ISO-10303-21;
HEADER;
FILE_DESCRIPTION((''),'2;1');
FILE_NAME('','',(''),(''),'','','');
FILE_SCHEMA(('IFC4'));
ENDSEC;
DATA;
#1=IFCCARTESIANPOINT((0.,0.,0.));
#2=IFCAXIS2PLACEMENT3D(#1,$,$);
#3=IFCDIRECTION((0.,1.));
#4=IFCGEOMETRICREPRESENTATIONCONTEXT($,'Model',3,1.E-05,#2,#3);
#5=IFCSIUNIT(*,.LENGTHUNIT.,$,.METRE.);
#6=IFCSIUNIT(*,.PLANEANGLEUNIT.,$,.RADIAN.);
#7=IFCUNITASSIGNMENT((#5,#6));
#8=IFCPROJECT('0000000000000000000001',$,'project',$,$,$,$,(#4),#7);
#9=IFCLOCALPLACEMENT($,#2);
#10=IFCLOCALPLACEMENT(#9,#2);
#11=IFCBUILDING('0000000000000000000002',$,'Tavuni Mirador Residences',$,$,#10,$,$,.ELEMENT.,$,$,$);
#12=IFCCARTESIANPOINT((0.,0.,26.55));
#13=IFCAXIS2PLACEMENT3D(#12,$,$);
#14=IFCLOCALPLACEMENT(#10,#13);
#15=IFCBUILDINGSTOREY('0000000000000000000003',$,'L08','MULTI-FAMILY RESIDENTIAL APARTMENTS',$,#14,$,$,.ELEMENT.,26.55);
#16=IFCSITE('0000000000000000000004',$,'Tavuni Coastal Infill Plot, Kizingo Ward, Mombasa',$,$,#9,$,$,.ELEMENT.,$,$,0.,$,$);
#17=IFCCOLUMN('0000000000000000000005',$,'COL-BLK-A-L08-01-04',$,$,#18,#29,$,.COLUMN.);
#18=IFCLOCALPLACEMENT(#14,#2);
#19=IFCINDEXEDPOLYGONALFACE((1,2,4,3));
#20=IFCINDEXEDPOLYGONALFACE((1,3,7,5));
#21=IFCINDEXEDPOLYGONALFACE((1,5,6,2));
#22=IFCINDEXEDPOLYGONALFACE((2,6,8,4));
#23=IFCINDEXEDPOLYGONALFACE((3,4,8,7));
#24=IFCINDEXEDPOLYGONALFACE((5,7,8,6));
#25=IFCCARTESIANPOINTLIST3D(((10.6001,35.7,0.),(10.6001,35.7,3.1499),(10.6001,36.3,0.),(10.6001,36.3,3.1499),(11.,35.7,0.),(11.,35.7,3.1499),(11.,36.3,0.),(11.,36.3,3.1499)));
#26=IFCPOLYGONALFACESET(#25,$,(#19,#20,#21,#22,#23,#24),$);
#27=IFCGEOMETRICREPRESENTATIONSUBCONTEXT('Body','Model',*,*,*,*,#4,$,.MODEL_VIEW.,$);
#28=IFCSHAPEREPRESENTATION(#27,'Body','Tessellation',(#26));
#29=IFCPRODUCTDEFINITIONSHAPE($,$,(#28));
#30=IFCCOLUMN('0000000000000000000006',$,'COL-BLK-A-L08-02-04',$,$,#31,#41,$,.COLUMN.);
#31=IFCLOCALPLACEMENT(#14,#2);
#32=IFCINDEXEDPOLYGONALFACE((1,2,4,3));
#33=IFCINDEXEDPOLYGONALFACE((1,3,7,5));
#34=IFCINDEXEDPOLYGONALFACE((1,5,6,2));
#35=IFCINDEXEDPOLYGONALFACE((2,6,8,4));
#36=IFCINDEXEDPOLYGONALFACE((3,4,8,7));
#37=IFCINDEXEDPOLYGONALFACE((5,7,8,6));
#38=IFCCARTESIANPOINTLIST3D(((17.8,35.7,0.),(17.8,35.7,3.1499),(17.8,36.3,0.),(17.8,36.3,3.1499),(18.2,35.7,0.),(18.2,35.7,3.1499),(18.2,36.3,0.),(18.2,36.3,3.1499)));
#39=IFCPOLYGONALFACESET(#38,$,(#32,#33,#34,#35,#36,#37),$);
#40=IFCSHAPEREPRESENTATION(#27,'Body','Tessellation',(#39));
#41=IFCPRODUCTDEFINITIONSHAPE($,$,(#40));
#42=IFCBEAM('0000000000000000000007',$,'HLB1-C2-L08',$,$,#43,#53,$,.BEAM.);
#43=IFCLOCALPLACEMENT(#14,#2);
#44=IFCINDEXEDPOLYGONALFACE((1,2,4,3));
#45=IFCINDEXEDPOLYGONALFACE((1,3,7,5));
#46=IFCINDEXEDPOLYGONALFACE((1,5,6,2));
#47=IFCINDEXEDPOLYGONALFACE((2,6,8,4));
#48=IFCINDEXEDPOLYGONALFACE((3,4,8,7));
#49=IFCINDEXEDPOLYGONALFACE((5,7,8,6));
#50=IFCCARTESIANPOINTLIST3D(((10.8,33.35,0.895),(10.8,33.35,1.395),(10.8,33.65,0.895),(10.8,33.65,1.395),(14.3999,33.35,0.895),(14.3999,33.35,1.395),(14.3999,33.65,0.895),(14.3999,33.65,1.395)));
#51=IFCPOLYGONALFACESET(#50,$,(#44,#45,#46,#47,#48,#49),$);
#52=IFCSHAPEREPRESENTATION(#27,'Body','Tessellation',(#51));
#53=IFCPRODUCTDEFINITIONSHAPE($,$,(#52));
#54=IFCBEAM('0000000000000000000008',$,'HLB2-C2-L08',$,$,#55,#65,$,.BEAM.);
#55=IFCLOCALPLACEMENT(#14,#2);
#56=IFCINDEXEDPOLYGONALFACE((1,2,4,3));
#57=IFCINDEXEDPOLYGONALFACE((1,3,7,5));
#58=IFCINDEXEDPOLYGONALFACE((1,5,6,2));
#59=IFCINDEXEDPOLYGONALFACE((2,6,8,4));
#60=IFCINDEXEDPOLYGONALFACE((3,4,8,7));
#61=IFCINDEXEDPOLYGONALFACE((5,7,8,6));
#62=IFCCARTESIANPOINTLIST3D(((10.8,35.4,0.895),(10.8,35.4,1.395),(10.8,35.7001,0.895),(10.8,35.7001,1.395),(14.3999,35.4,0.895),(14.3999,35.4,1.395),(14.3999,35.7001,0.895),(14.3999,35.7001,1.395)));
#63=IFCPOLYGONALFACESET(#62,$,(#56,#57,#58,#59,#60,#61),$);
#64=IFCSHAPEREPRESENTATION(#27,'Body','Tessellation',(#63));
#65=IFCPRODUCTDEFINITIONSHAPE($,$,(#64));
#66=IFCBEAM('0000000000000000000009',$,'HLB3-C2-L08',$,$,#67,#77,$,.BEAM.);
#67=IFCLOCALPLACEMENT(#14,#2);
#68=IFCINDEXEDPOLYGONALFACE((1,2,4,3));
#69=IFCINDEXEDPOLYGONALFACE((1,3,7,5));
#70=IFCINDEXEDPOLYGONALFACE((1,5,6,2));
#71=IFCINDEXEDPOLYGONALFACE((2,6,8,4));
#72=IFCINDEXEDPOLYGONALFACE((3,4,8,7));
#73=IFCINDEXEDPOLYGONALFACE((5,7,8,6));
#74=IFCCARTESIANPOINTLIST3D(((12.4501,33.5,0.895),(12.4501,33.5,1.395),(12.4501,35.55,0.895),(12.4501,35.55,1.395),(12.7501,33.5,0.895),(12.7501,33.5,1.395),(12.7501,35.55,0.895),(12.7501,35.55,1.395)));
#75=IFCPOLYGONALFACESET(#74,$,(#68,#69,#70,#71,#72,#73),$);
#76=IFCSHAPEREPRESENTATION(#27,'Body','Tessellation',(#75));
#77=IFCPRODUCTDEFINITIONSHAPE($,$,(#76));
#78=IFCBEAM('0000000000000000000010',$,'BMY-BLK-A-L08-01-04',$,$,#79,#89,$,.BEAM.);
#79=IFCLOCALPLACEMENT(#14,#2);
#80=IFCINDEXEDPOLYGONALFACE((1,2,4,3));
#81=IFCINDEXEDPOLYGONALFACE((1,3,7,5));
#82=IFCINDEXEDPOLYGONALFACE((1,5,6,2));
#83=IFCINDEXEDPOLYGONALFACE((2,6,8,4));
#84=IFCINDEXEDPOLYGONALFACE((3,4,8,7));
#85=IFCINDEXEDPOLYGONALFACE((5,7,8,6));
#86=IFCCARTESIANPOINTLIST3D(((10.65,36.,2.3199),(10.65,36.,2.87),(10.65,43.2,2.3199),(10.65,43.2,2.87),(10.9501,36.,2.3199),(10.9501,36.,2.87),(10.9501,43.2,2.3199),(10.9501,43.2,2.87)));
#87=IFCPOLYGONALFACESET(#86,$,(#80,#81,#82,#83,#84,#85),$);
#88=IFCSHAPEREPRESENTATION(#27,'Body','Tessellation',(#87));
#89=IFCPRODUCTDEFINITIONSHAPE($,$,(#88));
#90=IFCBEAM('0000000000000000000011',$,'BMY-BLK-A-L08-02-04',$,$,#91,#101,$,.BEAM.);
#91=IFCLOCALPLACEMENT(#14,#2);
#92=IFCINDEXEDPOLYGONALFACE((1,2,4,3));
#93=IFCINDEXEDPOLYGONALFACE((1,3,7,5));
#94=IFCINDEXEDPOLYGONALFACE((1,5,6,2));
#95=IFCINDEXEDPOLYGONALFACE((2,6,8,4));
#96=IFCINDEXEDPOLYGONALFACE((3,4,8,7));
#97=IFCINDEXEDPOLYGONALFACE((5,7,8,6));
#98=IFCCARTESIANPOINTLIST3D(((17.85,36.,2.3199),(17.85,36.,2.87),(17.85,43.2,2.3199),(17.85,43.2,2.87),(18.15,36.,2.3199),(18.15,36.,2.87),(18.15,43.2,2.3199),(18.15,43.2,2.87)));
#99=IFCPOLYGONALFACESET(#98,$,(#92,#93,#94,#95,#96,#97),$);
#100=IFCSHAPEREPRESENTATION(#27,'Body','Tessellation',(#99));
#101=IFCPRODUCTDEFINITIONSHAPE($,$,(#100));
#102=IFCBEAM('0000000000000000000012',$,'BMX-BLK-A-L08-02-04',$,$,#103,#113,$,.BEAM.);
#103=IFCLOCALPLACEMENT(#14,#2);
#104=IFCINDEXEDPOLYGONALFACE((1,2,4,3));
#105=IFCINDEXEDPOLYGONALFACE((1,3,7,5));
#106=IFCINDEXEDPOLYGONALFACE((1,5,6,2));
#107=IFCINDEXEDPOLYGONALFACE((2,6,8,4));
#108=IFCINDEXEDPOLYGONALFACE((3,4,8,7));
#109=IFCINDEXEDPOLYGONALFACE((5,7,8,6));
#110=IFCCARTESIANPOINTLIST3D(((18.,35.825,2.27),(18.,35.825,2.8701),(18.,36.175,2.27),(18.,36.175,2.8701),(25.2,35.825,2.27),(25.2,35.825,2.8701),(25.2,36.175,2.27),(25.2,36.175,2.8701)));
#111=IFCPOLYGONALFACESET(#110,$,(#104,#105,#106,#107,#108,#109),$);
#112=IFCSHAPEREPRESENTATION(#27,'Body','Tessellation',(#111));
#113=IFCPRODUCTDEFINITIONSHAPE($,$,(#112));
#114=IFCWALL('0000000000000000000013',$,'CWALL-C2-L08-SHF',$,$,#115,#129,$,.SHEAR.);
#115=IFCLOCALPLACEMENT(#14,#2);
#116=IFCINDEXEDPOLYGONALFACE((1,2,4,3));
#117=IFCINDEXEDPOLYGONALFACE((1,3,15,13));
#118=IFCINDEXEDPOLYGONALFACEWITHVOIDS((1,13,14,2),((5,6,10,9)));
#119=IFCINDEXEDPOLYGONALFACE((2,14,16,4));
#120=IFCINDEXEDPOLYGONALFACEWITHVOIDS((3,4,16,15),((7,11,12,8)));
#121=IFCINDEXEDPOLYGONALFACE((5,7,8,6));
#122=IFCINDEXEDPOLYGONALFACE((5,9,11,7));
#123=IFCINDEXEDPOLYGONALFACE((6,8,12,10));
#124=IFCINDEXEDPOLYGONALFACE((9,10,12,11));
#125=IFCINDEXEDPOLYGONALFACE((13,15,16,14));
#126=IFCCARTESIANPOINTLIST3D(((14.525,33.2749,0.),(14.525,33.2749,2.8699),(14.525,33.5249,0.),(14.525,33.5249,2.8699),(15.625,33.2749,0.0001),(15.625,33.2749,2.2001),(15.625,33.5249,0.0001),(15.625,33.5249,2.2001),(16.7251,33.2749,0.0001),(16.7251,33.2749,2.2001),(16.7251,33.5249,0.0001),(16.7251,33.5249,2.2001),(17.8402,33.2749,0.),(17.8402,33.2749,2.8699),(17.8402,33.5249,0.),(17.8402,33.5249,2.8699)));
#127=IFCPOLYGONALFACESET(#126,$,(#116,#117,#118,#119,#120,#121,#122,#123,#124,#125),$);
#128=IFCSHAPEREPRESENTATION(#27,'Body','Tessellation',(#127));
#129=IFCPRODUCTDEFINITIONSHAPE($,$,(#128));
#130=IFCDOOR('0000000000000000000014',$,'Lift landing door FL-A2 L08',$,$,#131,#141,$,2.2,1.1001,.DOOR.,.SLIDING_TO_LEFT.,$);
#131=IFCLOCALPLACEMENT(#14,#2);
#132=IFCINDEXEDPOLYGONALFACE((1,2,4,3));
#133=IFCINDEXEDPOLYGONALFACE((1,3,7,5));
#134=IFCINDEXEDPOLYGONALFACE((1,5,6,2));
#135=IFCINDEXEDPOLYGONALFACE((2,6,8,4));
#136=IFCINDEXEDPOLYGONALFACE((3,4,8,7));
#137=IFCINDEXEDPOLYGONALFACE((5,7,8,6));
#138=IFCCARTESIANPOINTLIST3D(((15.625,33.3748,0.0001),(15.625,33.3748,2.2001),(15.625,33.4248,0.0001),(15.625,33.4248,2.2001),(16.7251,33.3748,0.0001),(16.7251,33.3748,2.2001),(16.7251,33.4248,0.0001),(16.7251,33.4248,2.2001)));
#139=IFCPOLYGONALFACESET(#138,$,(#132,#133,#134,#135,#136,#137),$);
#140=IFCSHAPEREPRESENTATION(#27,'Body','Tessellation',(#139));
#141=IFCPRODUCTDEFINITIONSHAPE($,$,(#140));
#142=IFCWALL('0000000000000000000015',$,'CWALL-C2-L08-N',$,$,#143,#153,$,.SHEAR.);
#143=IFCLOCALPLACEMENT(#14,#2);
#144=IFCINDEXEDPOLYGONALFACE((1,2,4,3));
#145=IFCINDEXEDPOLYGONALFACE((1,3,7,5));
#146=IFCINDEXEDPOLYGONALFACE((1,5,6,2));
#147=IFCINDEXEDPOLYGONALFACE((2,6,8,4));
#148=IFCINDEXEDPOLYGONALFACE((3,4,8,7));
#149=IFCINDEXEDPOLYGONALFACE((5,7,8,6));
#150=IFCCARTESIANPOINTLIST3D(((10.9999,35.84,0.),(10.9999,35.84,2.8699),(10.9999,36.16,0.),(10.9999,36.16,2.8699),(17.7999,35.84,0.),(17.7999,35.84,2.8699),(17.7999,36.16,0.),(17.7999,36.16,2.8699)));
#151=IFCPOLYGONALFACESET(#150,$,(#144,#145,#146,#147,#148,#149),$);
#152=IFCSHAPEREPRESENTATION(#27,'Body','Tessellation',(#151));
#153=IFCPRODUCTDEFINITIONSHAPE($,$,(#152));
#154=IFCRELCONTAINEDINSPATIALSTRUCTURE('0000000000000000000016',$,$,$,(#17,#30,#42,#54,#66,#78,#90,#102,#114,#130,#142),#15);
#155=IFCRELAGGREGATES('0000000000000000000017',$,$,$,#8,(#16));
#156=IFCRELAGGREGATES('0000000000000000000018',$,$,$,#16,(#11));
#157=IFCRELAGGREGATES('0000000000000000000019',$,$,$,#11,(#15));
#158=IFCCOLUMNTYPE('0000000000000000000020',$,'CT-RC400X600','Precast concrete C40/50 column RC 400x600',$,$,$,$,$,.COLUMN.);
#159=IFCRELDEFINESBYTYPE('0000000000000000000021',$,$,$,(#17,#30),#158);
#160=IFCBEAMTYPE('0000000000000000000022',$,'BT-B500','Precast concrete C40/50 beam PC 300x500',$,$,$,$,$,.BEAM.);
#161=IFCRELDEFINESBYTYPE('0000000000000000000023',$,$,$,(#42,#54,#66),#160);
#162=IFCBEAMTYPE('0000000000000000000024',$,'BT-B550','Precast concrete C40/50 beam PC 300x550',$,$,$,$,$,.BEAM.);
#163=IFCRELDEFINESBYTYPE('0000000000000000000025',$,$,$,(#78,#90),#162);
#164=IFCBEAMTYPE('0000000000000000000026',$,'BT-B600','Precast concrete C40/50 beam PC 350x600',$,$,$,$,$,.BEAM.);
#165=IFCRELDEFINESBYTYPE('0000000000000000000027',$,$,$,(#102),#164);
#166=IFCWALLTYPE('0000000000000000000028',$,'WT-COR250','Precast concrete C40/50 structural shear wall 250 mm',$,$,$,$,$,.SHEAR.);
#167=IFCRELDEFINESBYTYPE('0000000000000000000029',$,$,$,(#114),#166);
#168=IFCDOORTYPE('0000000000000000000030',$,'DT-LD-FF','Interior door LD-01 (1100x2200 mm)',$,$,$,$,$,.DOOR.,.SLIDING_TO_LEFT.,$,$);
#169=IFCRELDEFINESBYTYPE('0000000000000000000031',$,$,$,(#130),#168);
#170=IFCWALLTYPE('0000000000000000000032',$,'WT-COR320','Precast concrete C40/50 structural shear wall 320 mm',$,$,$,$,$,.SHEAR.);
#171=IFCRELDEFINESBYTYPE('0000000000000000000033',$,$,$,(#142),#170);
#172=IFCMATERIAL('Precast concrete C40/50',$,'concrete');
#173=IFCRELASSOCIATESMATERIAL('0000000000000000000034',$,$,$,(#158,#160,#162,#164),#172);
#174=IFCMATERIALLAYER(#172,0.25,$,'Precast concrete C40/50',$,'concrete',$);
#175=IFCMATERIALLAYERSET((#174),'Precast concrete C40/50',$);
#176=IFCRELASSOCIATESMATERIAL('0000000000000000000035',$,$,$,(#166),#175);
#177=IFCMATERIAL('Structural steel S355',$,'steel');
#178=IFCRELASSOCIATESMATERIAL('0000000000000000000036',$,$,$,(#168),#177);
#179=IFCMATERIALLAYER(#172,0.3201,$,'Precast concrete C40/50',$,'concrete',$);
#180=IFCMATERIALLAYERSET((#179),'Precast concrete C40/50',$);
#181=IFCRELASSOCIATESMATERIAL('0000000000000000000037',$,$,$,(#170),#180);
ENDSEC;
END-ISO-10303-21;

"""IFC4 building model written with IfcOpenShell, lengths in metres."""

from ifc_helpers import new_model, si_unit, direction, frame, frame_2d, origin, origin_2d, place, context, subcontext, project, spatial, rectangle, extrude, material, layer, layer_set, material_profile, profile_set, type_object, element, fill, save


model = new_model("IFC4")

# Units and contexts
model_context = context("Model", 3, precision=1e-05, world=origin(), true_north=direction((0.0, 1.0)))
body_context = subcontext(model_context, "Body", "Model", "MODEL_VIEW")
ifc_project = project(units=[si_unit("LENGTHUNIT", "METRE"), si_unit("PLANEANGLEUNIT", "RADIAN")], contexts=[model_context])

# Site, building, storey
site_placement = place(None, origin())
site = spatial("IfcSite", under=ifc_project, at=site_placement, Name="Tavuni Coastal Infill Plot, Kizingo Ward, Mombasa", CompositionType="ELEMENT", RefElevation=0.0)
building_placement = place(site_placement, origin())
building = spatial("IfcBuilding", under=site, at=building_placement, Name="Tavuni Mirador Residences", CompositionType="ELEMENT")
storey_placement = place(building_placement, frame((0.0, 0.0, 26.55)))
storey = spatial("IfcBuildingStorey", under=building, at=storey_placement, Name="L08", Description="MULTI-FAMILY RESIDENTIAL APARTMENTS", CompositionType="ELEMENT", Elevation=26.55)

# Columns
ifc_material_1 = material(Name="Precast concrete C40/50", Category="concrete")
ifc_material_profile_1 = material_profile(ifc_material_1, rectangle(XDim=0.3999, YDim=0.6001, at=origin_2d()), Name="RC 400x600", Category="concrete")
ifc_profile_set_1 = profile_set([ifc_material_profile_1], Name="Precast concrete C40/50")
column_type = type_object("IfcColumnType", Name="CT-RC400X600", Description="Precast concrete C40/50 column RC 400x600", PredefinedType="COLUMN", material=ifc_profile_set_1)
for number, where, z_axis, x_axis, name in (
    (1, (10.8, 36.0, 0.0), (0.0, 0.0, 1.0), (1.0, 0.0, 0.0), "COL-BLK-A-L08-01-04"),
    (2, (18.0, 36.0, 0.0), (0.0, 0.0, 1.0), (1.0, 0.0, 0.0), "COL-BLK-A-L08-02-04"),
):
    element("IfcColumn", number, at=place(storey_placement, frame(where, z_axis=z_axis, x_axis=x_axis)), inside=storey, type_object=column_type, Name=name, PredefinedType="COLUMN", context=body_context, shape_type="SweptSolid", body=[
        extrude(rectangle(XDim=0.3999, YDim=0.6001, at=origin_2d()), origin(), (0.0, 0.0, 1.0), 3.1499),
    ])

# Beams
ifc_material_profile_2 = material_profile(ifc_material_1, rectangle(XDim=0.3, YDim=0.5, at=origin_2d()), Name="PC 300x500", Category="concrete")
ifc_profile_set_2 = profile_set([ifc_material_profile_2], Name="Precast concrete C40/50")
beam_type_1 = type_object("IfcBeamType", Name="BT-B500", Description="Precast concrete C40/50 beam PC 300x500", PredefinedType="BEAM", material=ifc_profile_set_2)
for number, where, z_axis, x_axis, name in (
    (3, (10.8, 33.5, 1.145), (1.0, 0.0, 0.0), (0.0, 1.0, 0.0), "HLB1-C2-L08"),
    (4, (10.8, 35.55, 1.145), (1.0, 0.0, 0.0), (0.0, 1.0, 0.0), "HLB2-C2-L08"),
):
    element("IfcBeam", number, at=place(storey_placement, frame(where, z_axis=z_axis, x_axis=x_axis)), inside=storey, type_object=beam_type_1, Name=name, PredefinedType="BEAM", context=body_context, shape_type="SweptSolid", body=[
        extrude(rectangle(XDim=0.3, YDim=0.5, at=origin_2d()), origin(), (0.0, 0.0, 1.0), 3.5999),
    ])
beam_1_placement = place(storey_placement, frame((12.6001, 33.5, 1.145), z_axis=(0.0, 1.0, 0.0), x_axis=(-1.0, 0.0, 0.0)))
element("IfcBeam", 5, at=beam_1_placement, inside=storey, type_object=beam_type_1, Name="HLB3-C2-L08", PredefinedType="BEAM", context=body_context, shape_type="SweptSolid", body=[
    extrude(rectangle(XDim=0.3, YDim=0.5, at=origin_2d()), origin(), (0.0, 0.0, 1.0), 2.05),
])
ifc_material_profile_3 = material_profile(ifc_material_1, rectangle(XDim=0.3, YDim=0.55, at=origin_2d()), Name="PC 300x550", Category="concrete")
ifc_profile_set_3 = profile_set([ifc_material_profile_3], Name="Precast concrete C40/50")
beam_type_2 = type_object("IfcBeamType", Name="BT-B550", Description="Precast concrete C40/50 beam PC 300x550", PredefinedType="BEAM", material=ifc_profile_set_3)
for number, where, z_axis, x_axis, name in (
    (6, (10.8, 36.0, 2.595), (0.0, 1.0, 0.0), (-1.0, 0.0, 0.0), "BMY-BLK-A-L08-01-04"),
    (7, (18.0, 36.0, 2.595), (0.0, 1.0, 0.0), (-1.0, 0.0, 0.0), "BMY-BLK-A-L08-02-04"),
):
    element("IfcBeam", number, at=place(storey_placement, frame(where, z_axis=z_axis, x_axis=x_axis)), inside=storey, type_object=beam_type_2, Name=name, PredefinedType="BEAM", context=body_context, shape_type="SweptSolid", body=[
        extrude(rectangle(XDim=0.3, YDim=0.55, at=origin_2d()), origin(), (0.0, 0.0, 1.0), 7.2),
    ])
ifc_material_profile_4 = material_profile(ifc_material_1, rectangle(XDim=0.3501, YDim=0.6001, at=origin_2d()), Name="PC 350x600", Category="concrete")
ifc_profile_set_4 = profile_set([ifc_material_profile_4], Name="Precast concrete C40/50")
beam_type_3 = type_object("IfcBeamType", Name="BT-B600", Description="Precast concrete C40/50 beam PC 350x600", PredefinedType="BEAM", material=ifc_profile_set_4)
beam_2_placement = place(storey_placement, frame((18.0, 36.0, 2.5701), z_axis=(1.0, 0.0, 0.0), x_axis=(0.0, 1.0, 0.0)))
element("IfcBeam", 8, at=beam_2_placement, inside=storey, type_object=beam_type_3, Name="BMX-BLK-A-L08-02-04", PredefinedType="BEAM", context=body_context, shape_type="SweptSolid", body=[
    extrude(rectangle(XDim=0.3501, YDim=0.6001, at=origin_2d()), origin(), (0.0, 0.0, 1.0), 7.2),
])

# Wall, opening, door
ifc_layer_1 = layer(ifc_material_1, 0.25, Name="Precast concrete C40/50", Category="concrete")
ifc_layer_set_1 = layer_set([ifc_layer_1], Name="Precast concrete C40/50")
wall_type_1 = type_object("IfcWallType", Name="WT-COR250", Description="Precast concrete C40/50 structural shear wall 250 mm", PredefinedType="SHEAR", material=ifc_layer_set_1)
wall_1_placement = place(storey_placement, frame((14.5249, 33.3999, 0.0), z_axis=(0.0, 0.0, 1.0), x_axis=(1.0, 0.0, 0.0)))
wall_1 = element("IfcWall", 9, at=wall_1_placement, inside=storey, type_object=wall_type_1, Name="CWALL-C2-L08-SHF", PredefinedType="SHEAR", context=body_context, shape_type="SweptSolid", body=[
    extrude(rectangle(XDim=3.3152, YDim=0.25, at=frame_2d((1.6577, 0.0))), origin(), (0.0, 0.0, 1.0), 2.8699),
])
opening_1_placement = place(wall_1_placement, frame((1.1001, 0.0, 0.0)))
opening_1 = element("IfcOpeningElement", 10, at=opening_1_placement, cuts=wall_1, PredefinedType="OPENING", context=body_context, shape_type="SweptSolid", body=[
    extrude(rectangle(XDim=1.1001, YDim=2.2, at=frame_2d((0.55, 1.1001))), frame((0.0, 0.135, 0.0), z_axis=(0.0, -1.0, 0.0), x_axis=(1.0, 0.0, 0.0)), (0.0, 0.0, 1.0), 0.27),
])
ifc_material_2 = material(Name="Structural steel S355", Category="steel")
door_type_1 = type_object("IfcDoorType", Name="DT-LD-FF", Description="Interior door LD-01 (1100x2200 mm)", OperationType="SLIDING_TO_LEFT", PredefinedType="DOOR", material=ifc_material_2)
door_1_placement = place(opening_1_placement, origin())
door_1 = element("IfcDoor", 11, at=door_1_placement, inside=storey, type_object=door_type_1, Name="Lift landing door FL-A2 L08", OperationType="SLIDING_TO_LEFT", OverallHeight=2.2, OverallWidth=1.1001, PredefinedType="DOOR", context=body_context, shape_type="SweptSolid", body=[
    extrude(rectangle(XDim=1.1001, YDim=2.2, at=frame_2d((0.55, 1.1001))), frame((0.0, 0.0249, 0.0), z_axis=(0.0, -1.0, 0.0), x_axis=(1.0, 0.0, 0.0)), (0.0, 0.0, 1.0), 0.05),
])
fill(opening_1, door_1)

# Wall
ifc_layer_2 = layer(ifc_material_1, 0.3201, Name="Precast concrete C40/50", Category="concrete")
ifc_layer_set_2 = layer_set([ifc_layer_2], Name="Precast concrete C40/50")
wall_type_2 = type_object("IfcWallType", Name="WT-COR320", Description="Precast concrete C40/50 structural shear wall 320 mm", PredefinedType="SHEAR", material=ifc_layer_set_2)
wall_2_placement = place(storey_placement, frame((11.0, 36.0, 0.0), z_axis=(0.0, 0.0, 1.0), x_axis=(1.0, 0.0, 0.0)))
element("IfcWall", 12, at=wall_2_placement, inside=storey, type_object=wall_type_2, Name="CWALL-C2-L08-N", PredefinedType="SHEAR", context=body_context, shape_type="SweptSolid", body=[
    extrude(rectangle(XDim=6.8, YDim=0.3201, at=frame_2d((3.3999, 0.0))), origin(), (0.0, 0.0, 1.0), 2.8699),
])

save(model, "model.ifc")
